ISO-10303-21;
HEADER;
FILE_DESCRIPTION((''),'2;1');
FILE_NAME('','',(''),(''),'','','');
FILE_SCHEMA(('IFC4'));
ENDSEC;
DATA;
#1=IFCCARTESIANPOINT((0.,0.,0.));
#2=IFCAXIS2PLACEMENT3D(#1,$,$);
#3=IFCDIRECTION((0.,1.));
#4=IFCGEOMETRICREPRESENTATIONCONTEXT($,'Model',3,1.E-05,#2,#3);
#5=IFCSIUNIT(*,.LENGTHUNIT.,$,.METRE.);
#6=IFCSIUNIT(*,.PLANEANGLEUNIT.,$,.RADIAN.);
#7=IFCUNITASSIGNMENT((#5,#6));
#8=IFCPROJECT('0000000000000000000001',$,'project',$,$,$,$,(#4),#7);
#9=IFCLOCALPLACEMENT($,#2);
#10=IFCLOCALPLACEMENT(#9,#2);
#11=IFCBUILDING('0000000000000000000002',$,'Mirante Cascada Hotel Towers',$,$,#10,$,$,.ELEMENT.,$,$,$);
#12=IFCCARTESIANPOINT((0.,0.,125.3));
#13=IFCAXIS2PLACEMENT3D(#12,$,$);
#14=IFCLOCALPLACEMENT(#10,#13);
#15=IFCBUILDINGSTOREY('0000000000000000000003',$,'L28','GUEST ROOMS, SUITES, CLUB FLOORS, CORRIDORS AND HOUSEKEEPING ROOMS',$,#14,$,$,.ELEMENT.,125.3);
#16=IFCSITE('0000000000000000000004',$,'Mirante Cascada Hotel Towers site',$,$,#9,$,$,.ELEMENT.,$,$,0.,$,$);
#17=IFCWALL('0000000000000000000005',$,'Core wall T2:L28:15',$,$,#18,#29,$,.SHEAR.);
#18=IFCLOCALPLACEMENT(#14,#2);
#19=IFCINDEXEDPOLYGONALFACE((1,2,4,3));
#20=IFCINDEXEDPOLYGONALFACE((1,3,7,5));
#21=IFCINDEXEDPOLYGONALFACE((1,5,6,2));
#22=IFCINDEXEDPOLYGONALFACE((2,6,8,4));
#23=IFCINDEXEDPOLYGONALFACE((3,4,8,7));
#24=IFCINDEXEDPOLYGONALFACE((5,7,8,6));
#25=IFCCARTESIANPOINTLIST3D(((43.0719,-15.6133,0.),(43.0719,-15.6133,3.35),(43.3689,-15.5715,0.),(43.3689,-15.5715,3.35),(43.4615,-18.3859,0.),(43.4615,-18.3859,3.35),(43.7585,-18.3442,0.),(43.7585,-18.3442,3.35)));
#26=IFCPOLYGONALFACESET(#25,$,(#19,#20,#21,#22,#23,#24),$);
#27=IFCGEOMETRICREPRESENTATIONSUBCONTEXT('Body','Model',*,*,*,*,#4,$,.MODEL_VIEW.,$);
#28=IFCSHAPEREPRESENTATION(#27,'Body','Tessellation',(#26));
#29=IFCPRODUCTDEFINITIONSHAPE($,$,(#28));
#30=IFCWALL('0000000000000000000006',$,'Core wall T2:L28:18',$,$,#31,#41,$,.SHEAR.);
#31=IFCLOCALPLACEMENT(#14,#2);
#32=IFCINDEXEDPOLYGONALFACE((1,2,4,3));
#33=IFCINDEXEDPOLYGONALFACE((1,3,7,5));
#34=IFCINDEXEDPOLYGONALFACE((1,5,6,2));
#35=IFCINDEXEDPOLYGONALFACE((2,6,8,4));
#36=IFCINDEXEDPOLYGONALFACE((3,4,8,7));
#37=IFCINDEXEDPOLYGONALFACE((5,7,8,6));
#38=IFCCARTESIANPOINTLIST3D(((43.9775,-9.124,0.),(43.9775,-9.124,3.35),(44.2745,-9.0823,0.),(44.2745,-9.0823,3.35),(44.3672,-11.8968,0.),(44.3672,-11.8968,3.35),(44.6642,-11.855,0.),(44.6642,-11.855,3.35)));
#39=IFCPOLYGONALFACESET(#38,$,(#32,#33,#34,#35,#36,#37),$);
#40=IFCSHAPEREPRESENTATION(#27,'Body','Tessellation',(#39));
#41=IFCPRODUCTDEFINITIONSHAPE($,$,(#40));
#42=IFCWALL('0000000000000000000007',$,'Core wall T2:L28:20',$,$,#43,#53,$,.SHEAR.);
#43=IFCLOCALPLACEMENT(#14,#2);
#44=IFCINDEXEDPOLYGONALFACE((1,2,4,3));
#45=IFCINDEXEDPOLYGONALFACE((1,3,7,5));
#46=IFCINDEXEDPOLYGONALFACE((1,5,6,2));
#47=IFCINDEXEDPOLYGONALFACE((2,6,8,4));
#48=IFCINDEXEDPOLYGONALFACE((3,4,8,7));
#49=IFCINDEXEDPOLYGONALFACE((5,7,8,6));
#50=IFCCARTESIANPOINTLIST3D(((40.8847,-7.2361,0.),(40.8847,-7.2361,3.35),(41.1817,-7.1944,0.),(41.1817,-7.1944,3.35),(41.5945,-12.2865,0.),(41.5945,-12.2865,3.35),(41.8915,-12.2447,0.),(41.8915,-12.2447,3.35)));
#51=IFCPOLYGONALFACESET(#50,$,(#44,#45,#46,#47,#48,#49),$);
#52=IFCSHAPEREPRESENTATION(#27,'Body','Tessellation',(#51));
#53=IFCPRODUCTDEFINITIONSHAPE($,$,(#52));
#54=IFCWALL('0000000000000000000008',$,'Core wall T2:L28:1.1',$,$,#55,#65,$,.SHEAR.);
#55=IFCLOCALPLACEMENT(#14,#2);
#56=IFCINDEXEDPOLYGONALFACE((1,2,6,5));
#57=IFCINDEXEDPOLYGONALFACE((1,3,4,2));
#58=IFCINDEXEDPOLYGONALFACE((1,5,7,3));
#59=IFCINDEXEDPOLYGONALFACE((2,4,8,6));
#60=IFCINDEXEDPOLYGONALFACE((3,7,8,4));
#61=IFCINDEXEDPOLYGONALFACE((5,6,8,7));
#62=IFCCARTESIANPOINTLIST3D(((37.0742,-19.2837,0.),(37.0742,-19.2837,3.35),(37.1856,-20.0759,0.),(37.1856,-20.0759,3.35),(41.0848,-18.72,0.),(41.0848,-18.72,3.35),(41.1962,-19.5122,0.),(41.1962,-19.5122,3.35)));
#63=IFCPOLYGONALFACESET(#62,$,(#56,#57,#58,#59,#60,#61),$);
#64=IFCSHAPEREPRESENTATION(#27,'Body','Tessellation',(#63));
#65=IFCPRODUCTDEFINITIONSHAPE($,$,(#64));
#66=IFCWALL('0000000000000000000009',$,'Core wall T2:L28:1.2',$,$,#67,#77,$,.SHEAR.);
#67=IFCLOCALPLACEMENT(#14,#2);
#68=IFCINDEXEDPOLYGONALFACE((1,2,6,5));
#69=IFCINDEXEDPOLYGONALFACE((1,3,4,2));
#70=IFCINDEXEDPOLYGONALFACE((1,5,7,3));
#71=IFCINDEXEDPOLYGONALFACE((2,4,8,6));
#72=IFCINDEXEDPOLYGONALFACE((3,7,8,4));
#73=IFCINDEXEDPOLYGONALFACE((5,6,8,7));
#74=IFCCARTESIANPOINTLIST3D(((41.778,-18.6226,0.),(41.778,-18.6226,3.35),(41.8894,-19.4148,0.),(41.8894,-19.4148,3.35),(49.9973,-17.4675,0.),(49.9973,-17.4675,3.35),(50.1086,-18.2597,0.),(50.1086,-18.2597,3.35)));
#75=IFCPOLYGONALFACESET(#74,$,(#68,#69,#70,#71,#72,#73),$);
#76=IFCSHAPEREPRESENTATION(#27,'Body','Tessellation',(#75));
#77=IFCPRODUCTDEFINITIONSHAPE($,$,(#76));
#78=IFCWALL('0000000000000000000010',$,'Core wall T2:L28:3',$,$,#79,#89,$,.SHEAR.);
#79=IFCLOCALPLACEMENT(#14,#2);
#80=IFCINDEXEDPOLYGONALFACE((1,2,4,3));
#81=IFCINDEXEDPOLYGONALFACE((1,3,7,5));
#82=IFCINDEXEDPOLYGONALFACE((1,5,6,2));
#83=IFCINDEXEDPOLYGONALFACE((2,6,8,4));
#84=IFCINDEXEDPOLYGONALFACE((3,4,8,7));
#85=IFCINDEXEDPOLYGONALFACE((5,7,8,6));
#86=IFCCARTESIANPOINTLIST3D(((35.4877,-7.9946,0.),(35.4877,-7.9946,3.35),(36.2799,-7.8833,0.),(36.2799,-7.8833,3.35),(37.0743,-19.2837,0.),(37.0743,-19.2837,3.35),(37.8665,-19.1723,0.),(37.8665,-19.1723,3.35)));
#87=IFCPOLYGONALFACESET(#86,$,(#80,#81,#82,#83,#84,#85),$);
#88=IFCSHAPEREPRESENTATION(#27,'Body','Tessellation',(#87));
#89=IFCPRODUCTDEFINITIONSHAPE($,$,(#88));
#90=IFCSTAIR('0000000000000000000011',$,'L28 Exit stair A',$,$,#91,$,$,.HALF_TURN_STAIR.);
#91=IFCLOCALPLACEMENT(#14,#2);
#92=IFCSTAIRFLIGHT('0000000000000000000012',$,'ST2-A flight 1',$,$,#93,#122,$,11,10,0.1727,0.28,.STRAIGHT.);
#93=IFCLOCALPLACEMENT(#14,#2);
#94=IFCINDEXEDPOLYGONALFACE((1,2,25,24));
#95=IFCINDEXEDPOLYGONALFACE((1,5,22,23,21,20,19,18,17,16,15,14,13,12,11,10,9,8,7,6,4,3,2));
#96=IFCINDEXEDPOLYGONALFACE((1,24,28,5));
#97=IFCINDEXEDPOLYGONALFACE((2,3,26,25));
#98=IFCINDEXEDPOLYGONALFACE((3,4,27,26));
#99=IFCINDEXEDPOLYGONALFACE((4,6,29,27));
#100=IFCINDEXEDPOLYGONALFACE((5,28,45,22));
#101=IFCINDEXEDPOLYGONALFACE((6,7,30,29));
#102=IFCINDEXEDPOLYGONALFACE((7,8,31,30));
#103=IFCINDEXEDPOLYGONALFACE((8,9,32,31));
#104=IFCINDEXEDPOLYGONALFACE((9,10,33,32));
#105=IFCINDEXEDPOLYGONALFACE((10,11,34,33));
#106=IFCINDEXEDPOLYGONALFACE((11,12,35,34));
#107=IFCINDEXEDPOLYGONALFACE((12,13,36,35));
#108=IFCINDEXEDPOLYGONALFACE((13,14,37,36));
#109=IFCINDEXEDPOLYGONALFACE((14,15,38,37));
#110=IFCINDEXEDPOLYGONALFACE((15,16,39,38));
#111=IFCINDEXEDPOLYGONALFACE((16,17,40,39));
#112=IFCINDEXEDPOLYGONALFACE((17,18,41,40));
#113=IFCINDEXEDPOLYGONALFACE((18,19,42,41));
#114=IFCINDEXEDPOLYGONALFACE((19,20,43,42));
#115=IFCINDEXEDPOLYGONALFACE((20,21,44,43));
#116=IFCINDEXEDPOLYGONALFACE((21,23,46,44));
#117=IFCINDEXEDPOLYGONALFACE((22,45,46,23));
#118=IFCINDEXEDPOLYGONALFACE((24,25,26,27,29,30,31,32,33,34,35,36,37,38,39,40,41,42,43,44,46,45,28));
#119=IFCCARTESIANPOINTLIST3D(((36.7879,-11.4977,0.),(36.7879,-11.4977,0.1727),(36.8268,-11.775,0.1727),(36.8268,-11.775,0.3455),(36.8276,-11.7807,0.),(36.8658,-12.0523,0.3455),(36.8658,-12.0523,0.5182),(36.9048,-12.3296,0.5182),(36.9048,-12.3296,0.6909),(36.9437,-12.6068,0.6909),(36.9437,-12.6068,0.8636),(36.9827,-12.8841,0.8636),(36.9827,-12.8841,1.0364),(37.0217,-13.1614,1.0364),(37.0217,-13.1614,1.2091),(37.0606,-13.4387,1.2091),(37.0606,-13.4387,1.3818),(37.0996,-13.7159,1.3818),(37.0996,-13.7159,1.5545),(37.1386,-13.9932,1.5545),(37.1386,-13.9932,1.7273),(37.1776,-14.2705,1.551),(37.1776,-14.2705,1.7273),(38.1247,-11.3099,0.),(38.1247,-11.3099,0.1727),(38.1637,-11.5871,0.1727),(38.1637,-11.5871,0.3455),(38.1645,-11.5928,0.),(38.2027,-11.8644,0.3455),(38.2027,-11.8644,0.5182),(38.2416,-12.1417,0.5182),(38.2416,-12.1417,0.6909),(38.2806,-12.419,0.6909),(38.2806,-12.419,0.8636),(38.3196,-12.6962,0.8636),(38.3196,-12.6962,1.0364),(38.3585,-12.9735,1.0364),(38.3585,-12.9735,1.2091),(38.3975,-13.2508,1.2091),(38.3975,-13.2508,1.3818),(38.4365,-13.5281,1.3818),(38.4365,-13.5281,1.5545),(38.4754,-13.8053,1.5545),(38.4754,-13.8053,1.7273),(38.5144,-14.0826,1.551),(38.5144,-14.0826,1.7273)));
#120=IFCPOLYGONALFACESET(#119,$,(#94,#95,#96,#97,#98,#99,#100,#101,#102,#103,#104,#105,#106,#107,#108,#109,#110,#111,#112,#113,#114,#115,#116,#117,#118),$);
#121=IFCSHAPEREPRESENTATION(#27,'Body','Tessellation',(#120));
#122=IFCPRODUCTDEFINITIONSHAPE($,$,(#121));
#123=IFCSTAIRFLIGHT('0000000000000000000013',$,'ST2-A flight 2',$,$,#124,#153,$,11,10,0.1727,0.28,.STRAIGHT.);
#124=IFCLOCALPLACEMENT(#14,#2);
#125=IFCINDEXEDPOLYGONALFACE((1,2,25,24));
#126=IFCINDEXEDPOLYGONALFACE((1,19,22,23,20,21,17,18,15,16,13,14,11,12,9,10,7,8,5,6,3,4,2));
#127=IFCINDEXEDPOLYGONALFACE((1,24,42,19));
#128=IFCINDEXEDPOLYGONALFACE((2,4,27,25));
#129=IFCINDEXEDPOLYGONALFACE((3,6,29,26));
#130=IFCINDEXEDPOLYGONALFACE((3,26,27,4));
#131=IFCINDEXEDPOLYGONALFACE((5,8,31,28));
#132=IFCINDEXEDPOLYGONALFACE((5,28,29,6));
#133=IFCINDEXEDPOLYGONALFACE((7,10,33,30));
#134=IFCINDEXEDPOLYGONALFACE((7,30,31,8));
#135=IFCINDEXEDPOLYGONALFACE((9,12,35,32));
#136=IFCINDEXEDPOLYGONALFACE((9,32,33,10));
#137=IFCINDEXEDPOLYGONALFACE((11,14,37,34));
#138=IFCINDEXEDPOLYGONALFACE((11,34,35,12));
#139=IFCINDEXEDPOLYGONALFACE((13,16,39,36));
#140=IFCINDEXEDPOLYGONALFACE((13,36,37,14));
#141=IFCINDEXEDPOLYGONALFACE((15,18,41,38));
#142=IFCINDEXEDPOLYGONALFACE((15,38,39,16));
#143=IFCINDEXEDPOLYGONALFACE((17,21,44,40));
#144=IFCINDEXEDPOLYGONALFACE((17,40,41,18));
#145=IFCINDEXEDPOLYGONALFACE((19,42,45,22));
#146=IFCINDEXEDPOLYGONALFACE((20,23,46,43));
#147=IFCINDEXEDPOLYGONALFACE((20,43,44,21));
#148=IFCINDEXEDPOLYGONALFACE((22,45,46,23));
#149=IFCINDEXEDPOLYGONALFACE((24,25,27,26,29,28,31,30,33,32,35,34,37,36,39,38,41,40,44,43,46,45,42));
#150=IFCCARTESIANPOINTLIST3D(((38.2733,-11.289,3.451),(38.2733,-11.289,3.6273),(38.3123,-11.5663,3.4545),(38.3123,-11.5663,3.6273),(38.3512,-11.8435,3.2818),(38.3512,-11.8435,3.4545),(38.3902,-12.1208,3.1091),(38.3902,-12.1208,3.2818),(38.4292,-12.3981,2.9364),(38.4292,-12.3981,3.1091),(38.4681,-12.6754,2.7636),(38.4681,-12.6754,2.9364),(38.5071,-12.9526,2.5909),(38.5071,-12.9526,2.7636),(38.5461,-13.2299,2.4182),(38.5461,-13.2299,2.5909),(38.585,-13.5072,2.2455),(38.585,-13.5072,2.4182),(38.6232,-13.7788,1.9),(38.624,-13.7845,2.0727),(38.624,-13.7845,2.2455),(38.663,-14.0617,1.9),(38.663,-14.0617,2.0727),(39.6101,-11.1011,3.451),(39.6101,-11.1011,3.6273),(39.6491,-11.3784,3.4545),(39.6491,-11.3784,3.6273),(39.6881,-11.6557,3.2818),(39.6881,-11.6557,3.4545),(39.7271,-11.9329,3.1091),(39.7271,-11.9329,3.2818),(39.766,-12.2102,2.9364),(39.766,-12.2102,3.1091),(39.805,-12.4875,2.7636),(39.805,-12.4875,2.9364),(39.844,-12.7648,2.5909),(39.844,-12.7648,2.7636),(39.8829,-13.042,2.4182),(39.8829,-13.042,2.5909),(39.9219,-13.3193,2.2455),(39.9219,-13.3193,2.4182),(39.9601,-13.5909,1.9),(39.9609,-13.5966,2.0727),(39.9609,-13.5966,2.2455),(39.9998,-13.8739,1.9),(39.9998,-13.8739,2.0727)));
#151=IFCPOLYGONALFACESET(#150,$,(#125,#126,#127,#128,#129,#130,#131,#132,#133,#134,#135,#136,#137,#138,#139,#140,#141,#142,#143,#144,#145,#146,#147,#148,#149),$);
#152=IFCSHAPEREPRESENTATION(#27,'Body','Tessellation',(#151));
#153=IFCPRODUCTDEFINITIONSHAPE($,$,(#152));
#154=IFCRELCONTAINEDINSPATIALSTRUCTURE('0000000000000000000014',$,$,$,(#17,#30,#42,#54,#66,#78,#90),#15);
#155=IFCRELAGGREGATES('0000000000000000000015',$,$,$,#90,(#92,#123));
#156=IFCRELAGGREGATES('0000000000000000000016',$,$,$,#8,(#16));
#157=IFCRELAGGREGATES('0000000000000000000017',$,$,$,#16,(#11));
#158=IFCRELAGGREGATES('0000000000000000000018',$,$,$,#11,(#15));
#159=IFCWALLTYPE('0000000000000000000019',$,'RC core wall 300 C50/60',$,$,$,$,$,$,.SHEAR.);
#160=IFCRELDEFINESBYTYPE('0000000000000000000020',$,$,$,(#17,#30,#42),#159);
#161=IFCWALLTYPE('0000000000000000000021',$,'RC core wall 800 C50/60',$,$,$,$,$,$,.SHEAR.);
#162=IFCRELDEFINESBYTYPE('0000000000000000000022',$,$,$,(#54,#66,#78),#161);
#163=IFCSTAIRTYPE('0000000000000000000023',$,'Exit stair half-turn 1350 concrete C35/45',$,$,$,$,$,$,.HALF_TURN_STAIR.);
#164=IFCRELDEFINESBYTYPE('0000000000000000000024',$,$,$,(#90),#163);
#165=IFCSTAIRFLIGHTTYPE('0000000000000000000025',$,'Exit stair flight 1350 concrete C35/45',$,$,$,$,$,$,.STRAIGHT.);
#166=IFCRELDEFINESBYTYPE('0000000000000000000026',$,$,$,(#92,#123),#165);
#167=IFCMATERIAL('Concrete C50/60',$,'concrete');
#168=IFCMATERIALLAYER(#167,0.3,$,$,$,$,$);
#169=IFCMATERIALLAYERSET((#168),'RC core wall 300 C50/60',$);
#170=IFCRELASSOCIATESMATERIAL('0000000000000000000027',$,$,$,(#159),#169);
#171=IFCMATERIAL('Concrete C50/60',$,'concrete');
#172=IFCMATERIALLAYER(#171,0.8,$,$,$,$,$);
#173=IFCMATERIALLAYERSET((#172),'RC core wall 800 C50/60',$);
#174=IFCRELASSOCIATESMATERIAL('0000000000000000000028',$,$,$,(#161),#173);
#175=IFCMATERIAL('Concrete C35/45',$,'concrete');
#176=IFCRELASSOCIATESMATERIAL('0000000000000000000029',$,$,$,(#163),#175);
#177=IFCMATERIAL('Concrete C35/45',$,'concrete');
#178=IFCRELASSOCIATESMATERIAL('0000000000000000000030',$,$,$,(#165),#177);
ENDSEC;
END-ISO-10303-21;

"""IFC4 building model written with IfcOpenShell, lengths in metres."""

from ifc_helpers import new_model, si_unit, direction, frame, frame_2d, origin, place, context, subcontext, project, spatial, polyline, rectangle, outline, extrude, material, layer, layer_set, type_object, element, aggregate, save


model = new_model("IFC4")

# Units and contexts
model_context = context("Model", 3, precision=1e-05, world=origin(), true_north=direction((0.0, 1.0)))
body_context = subcontext(model_context, "Body", "Model", "MODEL_VIEW")
ifc_project = project(units=[si_unit("LENGTHUNIT", "METRE"), si_unit("PLANEANGLEUNIT", "RADIAN")], contexts=[model_context])

# Site, building, storey
site_placement = place(None, origin())
site = spatial("IfcSite", under=ifc_project, at=site_placement, Name="Mirante Cascada Hotel Towers site", CompositionType="ELEMENT", RefElevation=0.0)
building_placement = place(site_placement, origin())
building = spatial("IfcBuilding", under=site, at=building_placement, Name="Mirante Cascada Hotel Towers", CompositionType="ELEMENT")
storey_placement = place(building_placement, frame((0.0, 0.0, 125.3)))
storey = spatial("IfcBuildingStorey", under=building, at=storey_placement, Name="L28", Description="GUEST ROOMS, SUITES, CLUB FLOORS, CORRIDORS AND HOUSEKEEPING ROOMS", CompositionType="ELEMENT", Elevation=125.3)

# Shared definitions
ifc_material_1 = material(Name="Concrete C50/60", Category="concrete")
ifc_layer_1 = layer(ifc_material_1, 0.3)
ifc_layer_set_1 = layer_set([ifc_layer_1], Name="RC core wall 300 C50/60")
wall_type_1 = type_object("IfcWallType", Name="RC core wall 300 C50/60", PredefinedType="SHEAR", material=ifc_layer_set_1)

# Walls
wall_1_placement = place(storey_placement, frame((43.61, -18.3651, 0.0), z_axis=(0.0, 0.0, 1.0), x_axis=(-0.139146, 0.990272, 0.0)))
element("IfcWall", 1, at=wall_1_placement, inside=storey, type_object=wall_type_1, Name="Core wall T2:L28:15", PredefinedType="SHEAR", context=body_context, shape_type="SweptSolid", body=[
    extrude(rectangle(XDim=2.7999, YDim=0.3, at=frame_2d((1.4, 0.0))), origin(), (0.0, 0.0, 1.0), 3.35),
])
wall_2_placement = place(storey_placement, frame((44.5157, -11.8759, 0.0), z_axis=(0.0, 0.0, 1.0), x_axis=(-0.139181, 0.990267, 0.0)))
element("IfcWall", 2, at=wall_2_placement, inside=storey, type_object=wall_type_1, Name="Core wall T2:L28:18", PredefinedType="SHEAR", context=body_context, shape_type="SweptSolid", body=[
    extrude(rectangle(XDim=2.8, YDim=0.3, at=frame_2d((1.4, 0.0))), origin(), (0.0, 0.0, 1.0), 3.35),
])
wall_3_placement = place(storey_placement, frame((41.743, -12.2656, 0.0), z_axis=(0.0, 0.0, 1.0), x_axis=(-0.139176, 0.990268, 0.0)))
element("IfcWall", 3, at=wall_3_placement, inside=storey, type_object=wall_type_1, Name="Core wall T2:L28:20", PredefinedType="SHEAR", context=body_context, shape_type="SweptSolid", body=[
    extrude(rectangle(XDim=5.1, YDim=0.3, at=frame_2d((2.55, 0.0))), origin(), (0.0, 0.0, 1.0), 3.35),
])
ifc_material_2 = material(Name="Concrete C50/60", Category="concrete")
ifc_layer_2 = layer(ifc_material_2, 0.8)
ifc_layer_set_2 = layer_set([ifc_layer_2], Name="RC core wall 800 C50/60")
wall_type_2 = type_object("IfcWallType", Name="RC core wall 800 C50/60", PredefinedType="SHEAR", material=ifc_layer_set_2)
wall_4_placement = place(storey_placement, frame((37.1299, -19.6798, 0.0), z_axis=(0.0, 0.0, 1.0), x_axis=(0.990267, 0.139184, 0.0)))
element("IfcWall", 4, at=wall_4_placement, inside=storey, type_object=wall_type_2, Name="Core wall T2:L28:1.1", PredefinedType="SHEAR", context=body_context, shape_type="SweptSolid", body=[
    extrude(rectangle(XDim=4.05, YDim=0.8, at=frame_2d((2.025, 0.0))), origin(), (0.0, 0.0, 1.0), 3.35),
])
wall_5_placement = place(storey_placement, frame((41.8337, -19.0187, 0.0), z_axis=(0.0, 0.0, 1.0), x_axis=(0.990269, 0.139169, 0.0)))
element("IfcWall", 5, at=wall_5_placement, inside=storey, type_object=wall_type_2, Name="Core wall T2:L28:1.2", PredefinedType="SHEAR", context=body_context, shape_type="SweptSolid", body=[
    extrude(rectangle(XDim=8.3, YDim=0.8, at=frame_2d((4.15, 0.0))), origin(), (0.0, 0.0, 1.0), 3.35),
])
wall_6_placement = place(storey_placement, frame((37.4704, -19.228, 0.0), z_axis=(0.0, 0.0, 1.0), x_axis=(-0.139175, 0.990268, 0.0)))
element("IfcWall", 6, at=wall_6_placement, inside=storey, type_object=wall_type_2, Name="Core wall T2:L28:3", PredefinedType="SHEAR", context=body_context, shape_type="SweptSolid", body=[
    extrude(rectangle(XDim=11.4, YDim=0.8, at=frame_2d((5.7, 0.0))), origin(), (0.0, 0.0, 1.0), 3.35),
])

# Stair, stair flights
ifc_material_3 = material(Name="Concrete C35/45", Category="concrete")
stair_type = type_object("IfcStairType", Name="Exit stair half-turn 1350 concrete C35/45", PredefinedType="HALF_TURN_STAIR", material=ifc_material_3)
stair_placement = place(storey_placement, origin())
stair = element("IfcStair", 7, at=stair_placement, inside=storey, type_object=stair_type, Name="L28 Exit stair A", PredefinedType="HALF_TURN_STAIR")
ifc_material_4 = material(Name="Concrete C35/45", Category="concrete")
stair_flight_type = type_object("IfcStairFlightType", Name="Exit stair flight 1350 concrete C35/45", PredefinedType="STRAIGHT", material=ifc_material_4)
stair_flight_1_placement = place(storey_placement, frame((37.4563, -11.4038, 0.0), z_axis=(0.0, 0.0, 1.0), x_axis=(0.139173, -0.990268, 0.0)))
stair_flight_1 = element("IfcStairFlight", 8, at=stair_flight_1_placement, type_object=stair_flight_type, Name="ST2-A flight 1", NumberOfRisers=11, NumberOfTreads=10, PredefinedType="STRAIGHT", RiserHeight=0.1727, TreadLength=0.28, context=body_context, shape_type="SweptSolid", body=[
    extrude(outline(polyline([(0.0, 0.0), (0.0, 0.1727), (0.28, 0.1727), (0.28, 0.3455), (0.56, 0.3455), (0.56, 0.5182), (0.84, 0.5182), (0.84, 0.6909), (1.12, 0.6909), (1.12, 0.8636), (1.4, 0.8636), (1.4, 1.0364), (1.68, 1.0364), (1.68, 1.2091), (1.96, 1.2091), (1.96, 1.3818), (2.24, 1.3818), (2.24, 1.5545), (2.52, 1.5545), (2.52, 1.7273), (2.8, 1.7273), (2.8, 1.9), (2.8, 1.551), (0.2857, 0.0), (0.0, 0.0)])), frame((0.0, 0.675, 0.0), z_axis=(0.0, -1.0, 0.0), x_axis=(1.0, 0.0, 0.0)), (0.0, 0.0, 1.0), 1.35),
])
stair_flight_2_placement = place(storey_placement, frame((39.3314, -13.9678, 1.9), z_axis=(0.0, 0.0, 1.0), x_axis=(-0.139173, 0.990268, 0.0)))
stair_flight_2 = element("IfcStairFlight", 9, at=stair_flight_2_placement, type_object=stair_flight_type, Name="ST2-A flight 2", NumberOfRisers=11, NumberOfTreads=10, PredefinedType="STRAIGHT", RiserHeight=0.1727, TreadLength=0.28, context=body_context, shape_type="SweptSolid", body=[
    extrude(outline(polyline([(0.0, 0.0), (0.0, 0.1727), (0.28, 0.1727), (0.28, 0.3455), (0.56, 0.3455), (0.56, 0.5182), (0.84, 0.5182), (0.84, 0.6909), (1.12, 0.6909), (1.12, 0.8636), (1.4, 0.8636), (1.4, 1.0364), (1.68, 1.0364), (1.68, 1.2091), (1.96, 1.2091), (1.96, 1.3818), (2.24, 1.3818), (2.24, 1.5545), (2.52, 1.5545), (2.52, 1.7273), (2.8, 1.7273), (2.8, 1.9), (2.8, 1.551), (0.2857, 0.0), (0.0, 0.0)])), frame((0.0, 0.675, 0.0), z_axis=(0.0, -1.0, 0.0), x_axis=(1.0, 0.0, 0.0)), (0.0, 0.0, 1.0), 1.35),
])
aggregate(stair, [stair_flight_1, stair_flight_2])

save(model, "model.ifc")
